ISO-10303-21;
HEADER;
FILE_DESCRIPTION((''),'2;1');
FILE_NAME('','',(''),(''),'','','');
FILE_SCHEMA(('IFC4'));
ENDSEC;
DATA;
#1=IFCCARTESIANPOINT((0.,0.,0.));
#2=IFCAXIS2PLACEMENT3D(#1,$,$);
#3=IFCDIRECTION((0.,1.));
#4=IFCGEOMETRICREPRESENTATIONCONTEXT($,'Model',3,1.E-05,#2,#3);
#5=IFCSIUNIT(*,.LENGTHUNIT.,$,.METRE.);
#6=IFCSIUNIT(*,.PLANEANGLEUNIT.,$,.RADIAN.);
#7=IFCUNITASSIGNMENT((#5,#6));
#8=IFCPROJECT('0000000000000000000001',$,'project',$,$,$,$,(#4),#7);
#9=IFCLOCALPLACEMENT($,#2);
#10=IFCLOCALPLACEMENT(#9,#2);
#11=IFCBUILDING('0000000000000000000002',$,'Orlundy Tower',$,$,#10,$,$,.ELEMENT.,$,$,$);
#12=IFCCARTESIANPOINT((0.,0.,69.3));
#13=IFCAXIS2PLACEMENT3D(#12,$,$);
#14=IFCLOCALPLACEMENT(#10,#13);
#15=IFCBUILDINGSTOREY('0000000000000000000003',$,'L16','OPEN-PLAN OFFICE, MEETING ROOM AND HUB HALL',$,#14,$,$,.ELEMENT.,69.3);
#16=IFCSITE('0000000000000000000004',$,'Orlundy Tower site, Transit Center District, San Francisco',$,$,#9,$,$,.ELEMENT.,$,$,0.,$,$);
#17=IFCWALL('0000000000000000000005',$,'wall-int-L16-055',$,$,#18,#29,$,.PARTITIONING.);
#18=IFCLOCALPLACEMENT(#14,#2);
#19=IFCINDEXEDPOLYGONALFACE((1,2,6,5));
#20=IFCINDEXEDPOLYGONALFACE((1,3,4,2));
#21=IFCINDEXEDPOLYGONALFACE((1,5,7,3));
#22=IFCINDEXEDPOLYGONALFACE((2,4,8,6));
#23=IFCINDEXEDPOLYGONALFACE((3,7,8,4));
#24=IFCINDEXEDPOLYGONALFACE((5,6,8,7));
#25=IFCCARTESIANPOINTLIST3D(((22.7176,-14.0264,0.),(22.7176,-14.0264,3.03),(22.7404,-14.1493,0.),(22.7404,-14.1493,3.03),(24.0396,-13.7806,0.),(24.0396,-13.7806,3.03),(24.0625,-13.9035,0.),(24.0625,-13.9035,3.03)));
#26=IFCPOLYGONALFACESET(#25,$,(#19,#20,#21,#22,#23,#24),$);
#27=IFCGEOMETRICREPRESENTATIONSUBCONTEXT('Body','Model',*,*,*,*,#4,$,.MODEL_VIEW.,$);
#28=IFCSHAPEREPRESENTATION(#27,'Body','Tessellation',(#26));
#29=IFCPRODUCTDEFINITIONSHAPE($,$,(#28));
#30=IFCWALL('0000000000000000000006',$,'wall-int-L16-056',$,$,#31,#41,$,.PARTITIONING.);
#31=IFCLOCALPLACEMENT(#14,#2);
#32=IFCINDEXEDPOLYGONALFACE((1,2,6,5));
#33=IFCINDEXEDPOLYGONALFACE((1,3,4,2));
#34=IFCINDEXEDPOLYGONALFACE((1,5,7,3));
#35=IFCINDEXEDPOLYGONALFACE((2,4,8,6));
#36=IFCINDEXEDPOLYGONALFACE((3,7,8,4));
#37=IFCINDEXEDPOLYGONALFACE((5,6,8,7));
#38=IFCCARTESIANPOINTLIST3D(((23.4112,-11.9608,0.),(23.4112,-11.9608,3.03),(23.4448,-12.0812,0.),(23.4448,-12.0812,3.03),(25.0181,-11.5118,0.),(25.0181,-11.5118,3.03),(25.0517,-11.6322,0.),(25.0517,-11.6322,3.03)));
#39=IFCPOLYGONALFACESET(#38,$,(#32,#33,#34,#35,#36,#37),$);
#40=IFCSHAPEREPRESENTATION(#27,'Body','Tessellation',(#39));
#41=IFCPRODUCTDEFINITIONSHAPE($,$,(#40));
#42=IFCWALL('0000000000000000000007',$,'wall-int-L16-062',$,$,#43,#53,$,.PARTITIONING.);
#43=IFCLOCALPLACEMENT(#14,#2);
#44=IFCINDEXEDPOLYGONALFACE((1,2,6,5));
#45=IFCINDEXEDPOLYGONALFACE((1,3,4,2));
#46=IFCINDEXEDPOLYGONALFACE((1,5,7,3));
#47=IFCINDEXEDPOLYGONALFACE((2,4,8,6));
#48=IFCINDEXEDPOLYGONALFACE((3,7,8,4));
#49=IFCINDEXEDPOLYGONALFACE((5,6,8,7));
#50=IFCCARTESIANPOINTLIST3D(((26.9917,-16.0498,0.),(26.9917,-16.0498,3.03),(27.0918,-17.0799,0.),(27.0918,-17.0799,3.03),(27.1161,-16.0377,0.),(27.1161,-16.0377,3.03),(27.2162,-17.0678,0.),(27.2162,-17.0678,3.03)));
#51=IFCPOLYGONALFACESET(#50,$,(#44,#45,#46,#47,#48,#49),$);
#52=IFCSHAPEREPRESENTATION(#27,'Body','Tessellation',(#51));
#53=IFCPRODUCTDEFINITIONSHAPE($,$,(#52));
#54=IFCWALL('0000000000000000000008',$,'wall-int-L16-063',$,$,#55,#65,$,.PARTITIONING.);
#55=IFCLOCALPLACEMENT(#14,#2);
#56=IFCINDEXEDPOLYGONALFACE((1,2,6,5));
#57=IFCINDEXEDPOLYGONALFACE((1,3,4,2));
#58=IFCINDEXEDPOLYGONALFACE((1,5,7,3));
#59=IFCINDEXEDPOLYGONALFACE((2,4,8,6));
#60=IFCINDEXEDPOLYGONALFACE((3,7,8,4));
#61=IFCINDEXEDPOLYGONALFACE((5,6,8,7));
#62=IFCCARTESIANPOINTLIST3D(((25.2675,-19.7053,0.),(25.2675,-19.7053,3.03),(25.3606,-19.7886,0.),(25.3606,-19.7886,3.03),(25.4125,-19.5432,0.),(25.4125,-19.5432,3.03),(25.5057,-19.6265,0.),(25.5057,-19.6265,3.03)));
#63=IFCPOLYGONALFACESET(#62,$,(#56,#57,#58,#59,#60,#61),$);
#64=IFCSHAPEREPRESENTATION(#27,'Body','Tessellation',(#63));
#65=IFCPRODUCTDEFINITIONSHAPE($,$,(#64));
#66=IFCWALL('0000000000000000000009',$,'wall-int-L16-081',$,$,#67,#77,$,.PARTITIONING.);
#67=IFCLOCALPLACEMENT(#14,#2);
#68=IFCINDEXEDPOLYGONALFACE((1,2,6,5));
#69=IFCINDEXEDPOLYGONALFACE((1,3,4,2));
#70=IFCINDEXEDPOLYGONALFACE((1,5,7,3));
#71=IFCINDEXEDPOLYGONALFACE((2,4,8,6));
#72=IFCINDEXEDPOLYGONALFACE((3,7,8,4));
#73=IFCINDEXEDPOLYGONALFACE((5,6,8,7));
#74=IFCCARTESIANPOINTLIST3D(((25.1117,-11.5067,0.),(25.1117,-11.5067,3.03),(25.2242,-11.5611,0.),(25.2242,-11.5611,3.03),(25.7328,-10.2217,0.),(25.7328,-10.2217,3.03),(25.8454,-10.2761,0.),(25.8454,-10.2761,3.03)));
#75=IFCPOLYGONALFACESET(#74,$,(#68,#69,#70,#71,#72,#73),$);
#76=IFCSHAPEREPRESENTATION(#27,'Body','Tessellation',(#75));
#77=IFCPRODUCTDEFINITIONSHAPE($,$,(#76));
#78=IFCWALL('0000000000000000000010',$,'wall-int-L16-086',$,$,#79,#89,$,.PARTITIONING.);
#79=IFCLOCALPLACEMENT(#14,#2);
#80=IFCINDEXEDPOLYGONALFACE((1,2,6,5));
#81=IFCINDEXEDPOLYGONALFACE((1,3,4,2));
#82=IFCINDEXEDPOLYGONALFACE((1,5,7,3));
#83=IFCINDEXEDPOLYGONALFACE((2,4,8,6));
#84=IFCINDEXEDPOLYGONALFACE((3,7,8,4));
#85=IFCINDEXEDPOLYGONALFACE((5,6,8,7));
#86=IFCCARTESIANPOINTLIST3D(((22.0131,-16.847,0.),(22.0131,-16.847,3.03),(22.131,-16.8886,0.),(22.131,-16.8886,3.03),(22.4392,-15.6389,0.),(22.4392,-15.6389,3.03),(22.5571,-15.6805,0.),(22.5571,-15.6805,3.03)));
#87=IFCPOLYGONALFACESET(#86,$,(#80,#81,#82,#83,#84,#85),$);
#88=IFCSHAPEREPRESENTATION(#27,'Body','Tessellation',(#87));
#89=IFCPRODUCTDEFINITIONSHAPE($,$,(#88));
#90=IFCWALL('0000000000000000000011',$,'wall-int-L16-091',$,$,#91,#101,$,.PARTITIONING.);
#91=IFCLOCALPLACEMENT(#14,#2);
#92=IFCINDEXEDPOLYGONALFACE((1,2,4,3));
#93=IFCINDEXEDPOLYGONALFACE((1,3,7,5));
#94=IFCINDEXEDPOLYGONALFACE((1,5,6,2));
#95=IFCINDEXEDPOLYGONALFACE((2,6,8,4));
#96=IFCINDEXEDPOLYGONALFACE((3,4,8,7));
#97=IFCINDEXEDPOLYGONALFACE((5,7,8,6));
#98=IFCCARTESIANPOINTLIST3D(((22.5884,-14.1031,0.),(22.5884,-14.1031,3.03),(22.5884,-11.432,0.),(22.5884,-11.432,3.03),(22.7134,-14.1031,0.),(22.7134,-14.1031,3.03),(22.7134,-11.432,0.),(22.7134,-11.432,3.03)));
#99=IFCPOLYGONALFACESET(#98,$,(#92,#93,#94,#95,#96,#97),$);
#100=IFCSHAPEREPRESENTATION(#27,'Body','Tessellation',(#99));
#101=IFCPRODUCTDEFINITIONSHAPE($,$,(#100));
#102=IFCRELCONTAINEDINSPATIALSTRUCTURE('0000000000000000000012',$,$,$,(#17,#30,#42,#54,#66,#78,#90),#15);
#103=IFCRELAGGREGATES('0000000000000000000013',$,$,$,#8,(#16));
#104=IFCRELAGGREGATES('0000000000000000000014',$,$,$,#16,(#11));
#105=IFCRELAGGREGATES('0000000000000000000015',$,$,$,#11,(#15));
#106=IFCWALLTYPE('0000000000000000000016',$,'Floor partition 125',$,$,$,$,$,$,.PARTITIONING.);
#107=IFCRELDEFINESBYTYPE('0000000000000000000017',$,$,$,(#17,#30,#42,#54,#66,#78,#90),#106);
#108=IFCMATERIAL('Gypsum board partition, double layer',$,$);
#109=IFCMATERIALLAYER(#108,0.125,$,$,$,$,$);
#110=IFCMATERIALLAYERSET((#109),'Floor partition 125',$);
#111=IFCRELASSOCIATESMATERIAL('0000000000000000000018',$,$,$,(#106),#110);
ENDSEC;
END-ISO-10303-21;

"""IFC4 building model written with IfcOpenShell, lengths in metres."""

from ifc_helpers import new_model, si_unit, direction, frame, frame_2d, origin, place, context, subcontext, project, spatial, rectangle, extrude, material, layer, layer_set, type_object, element, save


model = new_model("IFC4")

# Units and contexts
model_context = context("Model", 3, precision=1e-05, world=origin(), true_north=direction((0.0, 1.0)))
body_context = subcontext(model_context, "Body", "Model", "MODEL_VIEW")
ifc_project = project(units=[si_unit("LENGTHUNIT", "METRE"), si_unit("PLANEANGLEUNIT", "RADIAN")], contexts=[model_context])

# Site, building, storey
site_placement = place(None, origin())
site = spatial("IfcSite", under=ifc_project, at=site_placement, Name="Orlundy Tower site, Transit Center District, San Francisco", CompositionType="ELEMENT", RefElevation=0.0)
building_placement = place(site_placement, origin())
building = spatial("IfcBuilding", under=site, at=building_placement, Name="Orlundy Tower", CompositionType="ELEMENT")
storey_placement = place(building_placement, frame((0.0, 0.0, 69.3)))
storey = spatial("IfcBuildingStorey", under=building, at=storey_placement, Name="L16", Description="OPEN-PLAN OFFICE, MEETING ROOM AND HUB HALL", CompositionType="ELEMENT", Elevation=69.3)

# Shared definitions
ifc_material_1 = material(Name="Gypsum board partition, double layer")
ifc_layer_1 = layer(ifc_material_1, 0.125)
ifc_layer_set_1 = layer_set([ifc_layer_1], Name="Floor partition 125")
wall_type_1 = type_object("IfcWallType", Name="Floor partition 125", PredefinedType="PARTITIONING", material=ifc_layer_set_1)

# Walls
wall_1_placement = place(storey_placement, frame((22.729, -14.0879, 0.0), z_axis=(0.0, 0.0, 1.0), x_axis=(0.983144, 0.18283, 0.0)))
element("IfcWall", 1, at=wall_1_placement, inside=storey, type_object=wall_type_1, Name="wall-int-L16-055", PredefinedType="PARTITIONING", context=body_context, shape_type="SweptSolid", body=[
    extrude(rectangle(XDim=1.3447, YDim=0.125, at=frame_2d((0.6724, 0.0))), origin(), (0.0, 0.0, 1.0), 3.03),
])
wall_2_placement = place(storey_placement, frame((23.428, -12.021, 0.0), z_axis=(0.0, 0.0, 1.0), x_axis=(0.963114, 0.269093, 0.0)))
element("IfcWall", 2, at=wall_2_placement, inside=storey, type_object=wall_type_1, Name="wall-int-L16-056", PredefinedType="PARTITIONING", context=body_context, shape_type="SweptSolid", body=[
    extrude(rectangle(XDim=1.6685, YDim=0.125, at=frame_2d((0.8342, 0.0))), origin(), (0.0, 0.0, 1.0), 3.03),
])
wall_3_placement = place(storey_placement, frame((27.1541, -17.074, 0.0), z_axis=(0.0, 0.0, 1.0), x_axis=(-0.096724, 0.995311, 0.0)))
element("IfcWall", 3, at=wall_3_placement, inside=storey, type_object=wall_type_1, Name="wall-int-L16-062", PredefinedType="PARTITIONING", context=body_context, shape_type="SweptSolid", body=[
    extrude(rectangle(XDim=1.0349, YDim=0.125, at=frame_2d((0.5176, 0.0))), origin(), (0.0, 0.0, 1.0), 3.03),
])
wall_4_placement = place(storey_placement, frame((25.314, -19.7471, 0.0), z_axis=(0.0, 0.0, 1.0), x_axis=(0.666729, 0.7453, 0.0)))
element("IfcWall", 4, at=wall_4_placement, inside=storey, type_object=wall_type_1, Name="wall-int-L16-063", PredefinedType="PARTITIONING", context=body_context, shape_type="SweptSolid", body=[
    extrude(rectangle(XDim=0.2175, YDim=0.125, at=frame_2d((0.1089, 0.0))), origin(), (0.0, 0.0, 1.0), 3.03),
])
wall_5_placement = place(storey_placement, frame((25.168, -11.5339, 0.0), z_axis=(0.0, 0.0, 1.0), x_axis=(0.435199, 0.900334, 0.0)))
element("IfcWall", 5, at=wall_5_placement, inside=storey, type_object=wall_type_1, Name="wall-int-L16-081", PredefinedType="PARTITIONING", context=body_context, shape_type="SweptSolid", body=[
    extrude(rectangle(XDim=1.4272, YDim=0.125, at=frame_2d((0.7136, 0.0))), origin(), (0.0, 0.0, 1.0), 3.03),
])
wall_6_placement = place(storey_placement, frame((22.072, -16.8679, 0.0), z_axis=(0.0, 0.0, 1.0), x_axis=(0.332591, 0.943071, 0.0)))
element("IfcWall", 6, at=wall_6_placement, inside=storey, type_object=wall_type_1, Name="wall-int-L16-086", PredefinedType="PARTITIONING", context=body_context, shape_type="SweptSolid", body=[
    extrude(rectangle(XDim=1.281, YDim=0.125, at=frame_2d((0.6406, 0.0))), origin(), (0.0, 0.0, 1.0), 3.03),
])
wall_7_placement = place(storey_placement, frame((22.6509, -14.103, 0.0), z_axis=(0.0, 0.0, 1.0), x_axis=(0.0, 1.0, 0.0)))
element("IfcWall", 7, at=wall_7_placement, inside=storey, type_object=wall_type_1, Name="wall-int-L16-091", PredefinedType="PARTITIONING", context=body_context, shape_type="SweptSolid", body=[
    extrude(rectangle(XDim=2.6711, YDim=0.125, at=frame_2d((1.3354, 0.0))), origin(), (0.0, 0.0, 1.0), 3.03),
])

save(model, "model.ifc")
